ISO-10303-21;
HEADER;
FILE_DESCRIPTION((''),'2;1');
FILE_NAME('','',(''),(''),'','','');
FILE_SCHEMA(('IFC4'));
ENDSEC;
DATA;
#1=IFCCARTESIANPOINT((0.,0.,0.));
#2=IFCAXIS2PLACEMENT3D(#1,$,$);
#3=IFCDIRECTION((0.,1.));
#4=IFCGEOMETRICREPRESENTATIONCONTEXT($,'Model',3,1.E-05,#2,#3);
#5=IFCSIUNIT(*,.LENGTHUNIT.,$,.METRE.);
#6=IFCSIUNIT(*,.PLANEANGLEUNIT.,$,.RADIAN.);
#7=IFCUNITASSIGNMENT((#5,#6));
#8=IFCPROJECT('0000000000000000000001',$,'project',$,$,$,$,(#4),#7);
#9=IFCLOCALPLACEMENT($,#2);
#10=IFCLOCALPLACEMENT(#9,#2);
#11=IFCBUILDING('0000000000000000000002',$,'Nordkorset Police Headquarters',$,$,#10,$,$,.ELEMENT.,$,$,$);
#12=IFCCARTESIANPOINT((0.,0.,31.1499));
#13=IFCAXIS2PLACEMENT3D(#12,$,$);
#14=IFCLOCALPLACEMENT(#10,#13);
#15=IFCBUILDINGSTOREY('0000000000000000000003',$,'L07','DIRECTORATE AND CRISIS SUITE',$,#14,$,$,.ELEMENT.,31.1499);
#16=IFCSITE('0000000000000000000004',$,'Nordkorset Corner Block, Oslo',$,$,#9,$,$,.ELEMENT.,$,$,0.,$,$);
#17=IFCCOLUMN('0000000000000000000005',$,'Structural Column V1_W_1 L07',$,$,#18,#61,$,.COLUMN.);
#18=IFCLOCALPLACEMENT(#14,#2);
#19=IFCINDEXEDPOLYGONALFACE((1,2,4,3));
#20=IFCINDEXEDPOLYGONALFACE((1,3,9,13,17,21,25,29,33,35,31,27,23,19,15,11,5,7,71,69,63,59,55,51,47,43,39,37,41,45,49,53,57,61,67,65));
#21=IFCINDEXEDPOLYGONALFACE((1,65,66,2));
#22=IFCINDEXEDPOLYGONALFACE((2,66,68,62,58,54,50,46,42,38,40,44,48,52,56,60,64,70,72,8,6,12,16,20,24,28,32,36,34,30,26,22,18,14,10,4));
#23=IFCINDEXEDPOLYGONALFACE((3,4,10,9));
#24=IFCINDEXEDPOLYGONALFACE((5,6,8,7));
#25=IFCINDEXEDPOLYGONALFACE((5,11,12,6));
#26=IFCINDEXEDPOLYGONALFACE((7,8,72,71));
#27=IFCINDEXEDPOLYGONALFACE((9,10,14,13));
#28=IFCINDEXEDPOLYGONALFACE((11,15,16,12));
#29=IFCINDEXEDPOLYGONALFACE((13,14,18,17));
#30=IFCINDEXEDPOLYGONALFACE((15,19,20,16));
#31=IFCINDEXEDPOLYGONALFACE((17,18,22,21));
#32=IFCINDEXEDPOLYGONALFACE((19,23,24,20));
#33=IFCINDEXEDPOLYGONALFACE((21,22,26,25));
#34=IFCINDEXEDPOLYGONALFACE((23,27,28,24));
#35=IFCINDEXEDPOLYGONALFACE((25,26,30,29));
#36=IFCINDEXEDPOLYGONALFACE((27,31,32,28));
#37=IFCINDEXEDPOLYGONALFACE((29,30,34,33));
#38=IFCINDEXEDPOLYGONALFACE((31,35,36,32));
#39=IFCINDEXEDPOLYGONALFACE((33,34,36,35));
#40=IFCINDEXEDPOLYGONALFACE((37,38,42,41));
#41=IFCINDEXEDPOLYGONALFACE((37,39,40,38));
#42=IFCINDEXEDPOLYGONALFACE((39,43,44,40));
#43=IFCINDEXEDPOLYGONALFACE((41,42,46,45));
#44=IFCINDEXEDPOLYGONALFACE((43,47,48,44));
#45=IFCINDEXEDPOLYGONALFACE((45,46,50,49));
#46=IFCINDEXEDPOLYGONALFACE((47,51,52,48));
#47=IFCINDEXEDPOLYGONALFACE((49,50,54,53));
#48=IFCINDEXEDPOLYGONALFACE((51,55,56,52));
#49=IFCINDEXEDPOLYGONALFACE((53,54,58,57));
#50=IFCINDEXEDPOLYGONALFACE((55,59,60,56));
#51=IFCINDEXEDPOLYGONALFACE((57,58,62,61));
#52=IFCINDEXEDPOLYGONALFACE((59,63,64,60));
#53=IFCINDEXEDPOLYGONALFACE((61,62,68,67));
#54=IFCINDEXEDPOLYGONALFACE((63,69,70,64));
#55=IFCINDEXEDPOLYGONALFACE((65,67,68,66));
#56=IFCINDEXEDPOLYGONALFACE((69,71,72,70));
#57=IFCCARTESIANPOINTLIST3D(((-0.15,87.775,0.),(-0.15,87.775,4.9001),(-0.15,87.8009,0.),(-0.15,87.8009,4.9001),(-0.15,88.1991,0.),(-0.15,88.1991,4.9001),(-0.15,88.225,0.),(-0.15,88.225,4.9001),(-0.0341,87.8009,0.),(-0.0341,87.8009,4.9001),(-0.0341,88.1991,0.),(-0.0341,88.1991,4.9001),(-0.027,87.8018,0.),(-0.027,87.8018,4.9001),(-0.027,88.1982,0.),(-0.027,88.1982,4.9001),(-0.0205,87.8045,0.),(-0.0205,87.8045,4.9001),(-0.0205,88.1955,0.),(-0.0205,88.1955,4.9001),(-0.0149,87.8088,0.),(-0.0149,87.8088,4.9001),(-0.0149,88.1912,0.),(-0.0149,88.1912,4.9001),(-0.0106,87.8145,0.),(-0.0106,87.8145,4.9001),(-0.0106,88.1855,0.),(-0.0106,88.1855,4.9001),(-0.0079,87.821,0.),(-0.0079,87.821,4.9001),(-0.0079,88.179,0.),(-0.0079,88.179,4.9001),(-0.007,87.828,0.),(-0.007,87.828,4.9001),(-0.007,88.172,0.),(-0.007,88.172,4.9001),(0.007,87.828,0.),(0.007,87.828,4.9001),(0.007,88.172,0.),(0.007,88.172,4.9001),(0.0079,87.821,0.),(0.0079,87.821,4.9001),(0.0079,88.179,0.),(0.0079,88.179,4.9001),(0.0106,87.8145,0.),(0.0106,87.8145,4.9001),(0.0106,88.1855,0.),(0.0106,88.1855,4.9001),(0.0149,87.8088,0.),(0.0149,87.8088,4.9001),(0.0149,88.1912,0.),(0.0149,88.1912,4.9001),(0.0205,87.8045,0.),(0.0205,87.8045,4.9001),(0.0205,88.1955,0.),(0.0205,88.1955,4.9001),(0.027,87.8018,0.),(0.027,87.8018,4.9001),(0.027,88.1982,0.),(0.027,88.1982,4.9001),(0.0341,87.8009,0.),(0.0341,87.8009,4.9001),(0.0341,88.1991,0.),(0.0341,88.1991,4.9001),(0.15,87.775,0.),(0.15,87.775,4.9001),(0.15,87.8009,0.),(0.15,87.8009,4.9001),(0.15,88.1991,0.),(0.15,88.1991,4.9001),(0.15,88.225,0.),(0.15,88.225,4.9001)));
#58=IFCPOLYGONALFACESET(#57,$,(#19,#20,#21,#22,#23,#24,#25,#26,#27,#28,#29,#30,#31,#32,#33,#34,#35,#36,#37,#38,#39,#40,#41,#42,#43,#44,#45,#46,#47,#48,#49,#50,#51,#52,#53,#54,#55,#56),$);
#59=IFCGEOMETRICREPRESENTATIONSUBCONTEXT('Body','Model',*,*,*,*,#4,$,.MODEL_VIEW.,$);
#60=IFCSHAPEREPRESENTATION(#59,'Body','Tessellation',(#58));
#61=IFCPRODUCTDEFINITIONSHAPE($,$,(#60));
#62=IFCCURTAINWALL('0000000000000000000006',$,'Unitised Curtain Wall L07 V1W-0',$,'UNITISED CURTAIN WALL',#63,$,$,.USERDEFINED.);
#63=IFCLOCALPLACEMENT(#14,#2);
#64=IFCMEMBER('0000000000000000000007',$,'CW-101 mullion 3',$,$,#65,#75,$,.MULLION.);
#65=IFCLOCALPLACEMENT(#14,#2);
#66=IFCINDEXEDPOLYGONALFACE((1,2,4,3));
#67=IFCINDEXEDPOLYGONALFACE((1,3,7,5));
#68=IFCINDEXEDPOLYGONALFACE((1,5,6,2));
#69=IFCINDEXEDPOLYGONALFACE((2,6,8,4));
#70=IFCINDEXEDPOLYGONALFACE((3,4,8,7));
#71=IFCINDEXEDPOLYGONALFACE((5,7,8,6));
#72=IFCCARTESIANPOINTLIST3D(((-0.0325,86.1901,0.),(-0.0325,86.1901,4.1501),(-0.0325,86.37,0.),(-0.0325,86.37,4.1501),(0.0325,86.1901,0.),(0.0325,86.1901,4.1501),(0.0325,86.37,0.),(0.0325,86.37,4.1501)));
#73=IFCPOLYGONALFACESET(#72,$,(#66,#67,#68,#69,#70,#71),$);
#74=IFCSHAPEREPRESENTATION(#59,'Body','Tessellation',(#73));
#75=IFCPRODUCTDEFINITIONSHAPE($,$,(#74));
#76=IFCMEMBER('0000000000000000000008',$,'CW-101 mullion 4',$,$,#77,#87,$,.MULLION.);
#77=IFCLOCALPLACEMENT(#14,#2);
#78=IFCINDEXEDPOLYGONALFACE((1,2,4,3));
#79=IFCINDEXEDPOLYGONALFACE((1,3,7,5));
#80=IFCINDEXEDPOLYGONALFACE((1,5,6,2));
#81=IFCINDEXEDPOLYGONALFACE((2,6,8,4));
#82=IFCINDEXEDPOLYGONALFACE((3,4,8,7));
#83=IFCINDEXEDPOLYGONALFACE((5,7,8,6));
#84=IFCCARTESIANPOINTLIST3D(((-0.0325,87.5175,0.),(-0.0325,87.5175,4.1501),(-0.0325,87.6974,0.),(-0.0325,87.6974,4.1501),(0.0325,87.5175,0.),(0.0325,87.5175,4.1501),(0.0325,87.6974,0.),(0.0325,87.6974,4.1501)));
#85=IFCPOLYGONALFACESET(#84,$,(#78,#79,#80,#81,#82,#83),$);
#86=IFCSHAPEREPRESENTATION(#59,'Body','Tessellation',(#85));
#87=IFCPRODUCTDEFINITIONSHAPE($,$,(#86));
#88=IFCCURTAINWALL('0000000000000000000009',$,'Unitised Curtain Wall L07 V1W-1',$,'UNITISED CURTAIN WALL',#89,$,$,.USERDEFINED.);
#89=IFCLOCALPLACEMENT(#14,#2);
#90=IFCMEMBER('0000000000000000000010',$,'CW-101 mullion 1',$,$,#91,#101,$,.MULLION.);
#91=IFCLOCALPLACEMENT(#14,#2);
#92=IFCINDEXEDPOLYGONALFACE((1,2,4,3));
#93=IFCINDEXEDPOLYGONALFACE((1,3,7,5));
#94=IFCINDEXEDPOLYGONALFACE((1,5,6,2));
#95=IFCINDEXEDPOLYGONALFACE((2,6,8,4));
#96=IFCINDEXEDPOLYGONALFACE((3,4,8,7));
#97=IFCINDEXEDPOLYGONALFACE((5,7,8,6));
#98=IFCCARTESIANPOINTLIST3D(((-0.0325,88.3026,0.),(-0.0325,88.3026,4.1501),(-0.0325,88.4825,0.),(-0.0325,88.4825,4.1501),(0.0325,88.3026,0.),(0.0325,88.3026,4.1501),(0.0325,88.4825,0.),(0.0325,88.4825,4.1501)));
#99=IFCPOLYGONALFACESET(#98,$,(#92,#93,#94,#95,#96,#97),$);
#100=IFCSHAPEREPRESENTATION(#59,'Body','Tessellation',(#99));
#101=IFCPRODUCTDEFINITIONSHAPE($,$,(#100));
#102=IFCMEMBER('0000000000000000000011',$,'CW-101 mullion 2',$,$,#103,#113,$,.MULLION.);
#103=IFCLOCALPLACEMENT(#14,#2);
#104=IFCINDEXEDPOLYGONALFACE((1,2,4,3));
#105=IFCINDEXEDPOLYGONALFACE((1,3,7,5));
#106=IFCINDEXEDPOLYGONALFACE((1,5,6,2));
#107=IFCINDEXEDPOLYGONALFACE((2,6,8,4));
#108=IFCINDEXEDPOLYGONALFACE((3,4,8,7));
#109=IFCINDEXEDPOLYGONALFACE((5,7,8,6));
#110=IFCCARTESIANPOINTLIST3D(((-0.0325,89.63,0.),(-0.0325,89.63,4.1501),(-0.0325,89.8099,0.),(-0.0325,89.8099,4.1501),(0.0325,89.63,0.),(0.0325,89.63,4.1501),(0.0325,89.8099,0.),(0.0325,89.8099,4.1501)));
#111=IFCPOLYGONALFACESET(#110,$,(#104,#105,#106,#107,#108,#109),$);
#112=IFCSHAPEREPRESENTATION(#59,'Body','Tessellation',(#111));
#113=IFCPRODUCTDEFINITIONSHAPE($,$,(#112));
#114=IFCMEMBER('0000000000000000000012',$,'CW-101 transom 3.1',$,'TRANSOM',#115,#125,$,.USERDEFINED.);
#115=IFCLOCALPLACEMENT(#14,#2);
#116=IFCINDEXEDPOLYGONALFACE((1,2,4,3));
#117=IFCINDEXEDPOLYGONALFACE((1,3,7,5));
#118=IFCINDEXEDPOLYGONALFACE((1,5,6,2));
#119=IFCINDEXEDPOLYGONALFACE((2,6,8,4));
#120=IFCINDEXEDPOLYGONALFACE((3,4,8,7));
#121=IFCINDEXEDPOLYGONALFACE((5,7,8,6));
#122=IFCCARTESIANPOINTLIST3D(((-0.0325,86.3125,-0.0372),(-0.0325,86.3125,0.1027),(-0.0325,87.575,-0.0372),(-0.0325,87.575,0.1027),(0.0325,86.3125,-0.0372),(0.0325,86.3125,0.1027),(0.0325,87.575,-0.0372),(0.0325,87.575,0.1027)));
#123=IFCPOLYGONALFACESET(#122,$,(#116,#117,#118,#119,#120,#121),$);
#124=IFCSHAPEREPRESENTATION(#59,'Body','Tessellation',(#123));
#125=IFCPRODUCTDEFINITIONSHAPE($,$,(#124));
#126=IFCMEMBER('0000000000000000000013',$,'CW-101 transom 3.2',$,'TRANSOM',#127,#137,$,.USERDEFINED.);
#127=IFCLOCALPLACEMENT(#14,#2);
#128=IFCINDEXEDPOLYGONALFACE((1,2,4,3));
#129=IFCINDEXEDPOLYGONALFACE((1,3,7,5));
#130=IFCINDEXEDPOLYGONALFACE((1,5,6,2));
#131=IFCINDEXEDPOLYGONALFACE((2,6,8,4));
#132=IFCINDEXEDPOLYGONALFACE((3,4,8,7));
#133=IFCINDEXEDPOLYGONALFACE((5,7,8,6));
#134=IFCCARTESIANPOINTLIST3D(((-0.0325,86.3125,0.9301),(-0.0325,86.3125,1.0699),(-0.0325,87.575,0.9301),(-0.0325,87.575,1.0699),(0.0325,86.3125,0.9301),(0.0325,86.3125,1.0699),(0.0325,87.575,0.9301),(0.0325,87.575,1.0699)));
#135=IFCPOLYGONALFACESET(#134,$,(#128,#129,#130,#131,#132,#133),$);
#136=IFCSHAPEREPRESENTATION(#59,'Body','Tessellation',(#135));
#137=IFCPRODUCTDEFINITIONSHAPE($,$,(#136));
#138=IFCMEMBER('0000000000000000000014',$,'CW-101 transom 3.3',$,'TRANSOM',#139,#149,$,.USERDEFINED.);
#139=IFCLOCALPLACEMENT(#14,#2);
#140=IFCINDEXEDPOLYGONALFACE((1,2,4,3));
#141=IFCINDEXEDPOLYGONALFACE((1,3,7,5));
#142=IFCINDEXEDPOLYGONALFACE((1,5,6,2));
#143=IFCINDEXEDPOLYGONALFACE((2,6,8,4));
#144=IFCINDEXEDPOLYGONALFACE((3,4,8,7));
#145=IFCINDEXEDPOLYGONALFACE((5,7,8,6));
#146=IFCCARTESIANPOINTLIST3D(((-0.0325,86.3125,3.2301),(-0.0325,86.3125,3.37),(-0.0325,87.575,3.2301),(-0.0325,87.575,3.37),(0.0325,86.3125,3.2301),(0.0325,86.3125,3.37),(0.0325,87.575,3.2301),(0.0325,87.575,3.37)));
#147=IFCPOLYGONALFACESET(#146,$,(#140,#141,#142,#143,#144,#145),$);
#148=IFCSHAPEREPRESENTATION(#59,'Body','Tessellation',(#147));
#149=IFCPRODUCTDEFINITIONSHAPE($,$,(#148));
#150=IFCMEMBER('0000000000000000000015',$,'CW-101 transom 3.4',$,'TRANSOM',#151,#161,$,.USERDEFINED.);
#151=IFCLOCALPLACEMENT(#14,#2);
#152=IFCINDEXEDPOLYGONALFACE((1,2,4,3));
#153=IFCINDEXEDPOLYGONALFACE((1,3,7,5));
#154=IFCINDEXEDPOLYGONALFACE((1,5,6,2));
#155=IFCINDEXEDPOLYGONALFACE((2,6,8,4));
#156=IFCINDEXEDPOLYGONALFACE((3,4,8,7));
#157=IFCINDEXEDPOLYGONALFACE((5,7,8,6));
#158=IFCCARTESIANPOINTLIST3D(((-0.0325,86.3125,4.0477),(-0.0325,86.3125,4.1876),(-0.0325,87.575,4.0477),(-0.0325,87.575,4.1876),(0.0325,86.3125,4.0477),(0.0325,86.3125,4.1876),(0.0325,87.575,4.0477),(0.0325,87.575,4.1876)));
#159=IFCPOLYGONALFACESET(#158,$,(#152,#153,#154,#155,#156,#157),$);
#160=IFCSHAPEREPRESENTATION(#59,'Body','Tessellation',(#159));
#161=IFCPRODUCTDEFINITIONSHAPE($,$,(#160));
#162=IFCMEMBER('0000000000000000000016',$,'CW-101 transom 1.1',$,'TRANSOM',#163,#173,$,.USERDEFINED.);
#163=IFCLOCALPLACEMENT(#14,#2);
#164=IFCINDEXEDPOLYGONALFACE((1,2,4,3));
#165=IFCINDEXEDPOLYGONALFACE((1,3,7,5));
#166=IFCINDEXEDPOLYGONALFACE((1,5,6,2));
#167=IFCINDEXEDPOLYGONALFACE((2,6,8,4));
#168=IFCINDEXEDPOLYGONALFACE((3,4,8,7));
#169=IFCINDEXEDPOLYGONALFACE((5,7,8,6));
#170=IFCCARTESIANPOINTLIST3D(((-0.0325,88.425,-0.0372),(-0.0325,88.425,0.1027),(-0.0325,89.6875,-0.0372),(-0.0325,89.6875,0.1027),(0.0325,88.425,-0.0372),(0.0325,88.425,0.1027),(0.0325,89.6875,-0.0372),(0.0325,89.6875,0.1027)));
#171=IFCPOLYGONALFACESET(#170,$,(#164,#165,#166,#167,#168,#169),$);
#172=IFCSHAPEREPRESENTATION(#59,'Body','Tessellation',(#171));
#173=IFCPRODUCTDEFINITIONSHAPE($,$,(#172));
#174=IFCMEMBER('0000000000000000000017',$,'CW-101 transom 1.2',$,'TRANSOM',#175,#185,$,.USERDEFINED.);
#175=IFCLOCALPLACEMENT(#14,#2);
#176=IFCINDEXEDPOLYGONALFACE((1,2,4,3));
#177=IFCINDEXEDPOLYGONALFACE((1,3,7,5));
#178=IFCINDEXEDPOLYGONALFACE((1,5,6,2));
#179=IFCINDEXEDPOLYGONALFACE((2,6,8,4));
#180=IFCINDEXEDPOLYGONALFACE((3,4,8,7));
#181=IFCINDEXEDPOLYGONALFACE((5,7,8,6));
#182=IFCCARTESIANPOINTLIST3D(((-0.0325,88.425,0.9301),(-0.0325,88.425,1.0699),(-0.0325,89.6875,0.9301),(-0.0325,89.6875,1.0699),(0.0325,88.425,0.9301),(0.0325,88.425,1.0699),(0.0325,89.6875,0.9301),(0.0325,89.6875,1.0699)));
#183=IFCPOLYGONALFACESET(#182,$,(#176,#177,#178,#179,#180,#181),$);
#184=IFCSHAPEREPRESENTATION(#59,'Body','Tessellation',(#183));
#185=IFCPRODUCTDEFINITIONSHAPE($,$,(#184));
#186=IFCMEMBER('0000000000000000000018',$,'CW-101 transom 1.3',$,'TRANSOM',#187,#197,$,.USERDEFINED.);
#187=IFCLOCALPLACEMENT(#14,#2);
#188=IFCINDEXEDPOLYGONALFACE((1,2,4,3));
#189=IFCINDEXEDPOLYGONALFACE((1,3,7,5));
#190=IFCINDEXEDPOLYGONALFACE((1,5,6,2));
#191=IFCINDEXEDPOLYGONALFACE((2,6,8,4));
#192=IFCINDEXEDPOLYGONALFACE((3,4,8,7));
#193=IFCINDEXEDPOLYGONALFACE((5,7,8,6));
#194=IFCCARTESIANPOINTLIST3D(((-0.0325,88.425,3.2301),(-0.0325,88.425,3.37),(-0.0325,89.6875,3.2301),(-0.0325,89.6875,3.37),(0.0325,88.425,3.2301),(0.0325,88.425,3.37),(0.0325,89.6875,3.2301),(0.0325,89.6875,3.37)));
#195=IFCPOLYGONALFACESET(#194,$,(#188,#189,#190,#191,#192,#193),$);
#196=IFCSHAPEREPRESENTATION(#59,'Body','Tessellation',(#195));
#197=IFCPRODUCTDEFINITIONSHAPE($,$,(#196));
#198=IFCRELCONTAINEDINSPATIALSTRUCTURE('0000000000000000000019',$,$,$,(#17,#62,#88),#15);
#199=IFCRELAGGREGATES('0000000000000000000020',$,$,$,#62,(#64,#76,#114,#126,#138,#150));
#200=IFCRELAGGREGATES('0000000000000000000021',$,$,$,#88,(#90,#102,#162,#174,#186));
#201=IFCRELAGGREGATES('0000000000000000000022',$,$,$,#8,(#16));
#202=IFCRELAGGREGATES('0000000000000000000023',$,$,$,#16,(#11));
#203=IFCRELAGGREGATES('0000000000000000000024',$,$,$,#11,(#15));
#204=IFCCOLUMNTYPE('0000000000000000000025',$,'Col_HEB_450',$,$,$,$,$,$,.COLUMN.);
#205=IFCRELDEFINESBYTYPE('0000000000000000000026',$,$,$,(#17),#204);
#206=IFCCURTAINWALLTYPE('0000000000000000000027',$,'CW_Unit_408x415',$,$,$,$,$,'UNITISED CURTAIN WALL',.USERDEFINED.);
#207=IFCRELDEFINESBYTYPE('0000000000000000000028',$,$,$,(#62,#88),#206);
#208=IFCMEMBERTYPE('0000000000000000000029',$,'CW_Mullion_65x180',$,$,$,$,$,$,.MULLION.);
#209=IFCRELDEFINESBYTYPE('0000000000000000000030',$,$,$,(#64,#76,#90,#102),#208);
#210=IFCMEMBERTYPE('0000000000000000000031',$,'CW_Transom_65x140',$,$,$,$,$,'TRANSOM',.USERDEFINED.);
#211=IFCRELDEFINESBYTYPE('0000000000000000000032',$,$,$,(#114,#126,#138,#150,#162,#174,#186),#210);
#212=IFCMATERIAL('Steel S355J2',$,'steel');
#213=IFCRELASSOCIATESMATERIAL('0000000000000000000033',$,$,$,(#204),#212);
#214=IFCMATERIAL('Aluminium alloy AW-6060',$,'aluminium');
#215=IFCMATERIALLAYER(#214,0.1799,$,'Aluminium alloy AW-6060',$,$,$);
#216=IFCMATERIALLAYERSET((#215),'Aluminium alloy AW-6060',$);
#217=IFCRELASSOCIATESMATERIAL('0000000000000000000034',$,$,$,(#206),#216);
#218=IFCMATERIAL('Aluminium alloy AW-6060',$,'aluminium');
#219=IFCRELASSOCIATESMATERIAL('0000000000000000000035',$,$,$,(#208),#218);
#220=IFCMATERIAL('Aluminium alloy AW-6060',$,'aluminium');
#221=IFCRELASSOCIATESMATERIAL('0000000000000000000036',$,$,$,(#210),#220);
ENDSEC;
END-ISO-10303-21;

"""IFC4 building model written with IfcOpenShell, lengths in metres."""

from ifc_helpers import new_model, si_unit, direction, frame, origin, origin_2d, place, context, subcontext, project, spatial, rectangle, i_section, extrude, material, layer, layer_set, material_profile, profile_set, type_object, element, aggregate, save


model = new_model("IFC4")

# Units and contexts
model_context = context("Model", 3, precision=1e-05, world=origin(), true_north=direction((0.0, 1.0)))
body_context = subcontext(model_context, "Body", "Model", "MODEL_VIEW")
ifc_project = project(units=[si_unit("LENGTHUNIT", "METRE"), si_unit("PLANEANGLEUNIT", "RADIAN")], contexts=[model_context])

# Site, building, storey
site_placement = place(None, origin())
site = spatial("IfcSite", under=ifc_project, at=site_placement, Name="Nordkorset Corner Block, Oslo", CompositionType="ELEMENT", RefElevation=0.0)
building_placement = place(site_placement, origin())
building = spatial("IfcBuilding", under=site, at=building_placement, Name="Nordkorset Police Headquarters", CompositionType="ELEMENT")
storey_placement = place(building_placement, frame((0.0, 0.0, 31.1499)))
storey = spatial("IfcBuildingStorey", under=building, at=storey_placement, Name="L07", Description="DIRECTORATE AND CRISIS SUITE", CompositionType="ELEMENT", Elevation=31.1499)

# Column
ifc_material_1 = material(Name="Steel S355J2", Category="steel")
ifc_material_profile_1 = material_profile(ifc_material_1, i_section(OverallWidth=0.3, OverallDepth=0.45, WebThickness=0.0139, FlangeThickness=0.0259, FilletRadius=0.0271, at=origin_2d()), Name="HEB 450")
ifc_profile_set_1 = profile_set([ifc_material_profile_1], Name="Steel S355J2")
column_type = type_object("IfcColumnType", Name="Col_HEB_450", PredefinedType="COLUMN", material=ifc_profile_set_1)
column_placement = place(storey_placement, frame((0.0, 88.0, 0.0), z_axis=(0.0, 0.0, 1.0), x_axis=(1.0, 0.0, 0.0)))
element("IfcColumn", 1, at=column_placement, inside=storey, type_object=column_type, Name="Structural Column V1_W_1 L07", PredefinedType="COLUMN", context=body_context, shape_type="SweptSolid", body=[
    extrude(i_section(OverallWidth=0.3, OverallDepth=0.45, WebThickness=0.0139, FlangeThickness=0.0259, FilletRadius=0.0271, at=origin_2d()), origin(), (0.0, 0.0, 1.0), 4.9001),
])

# Curtain walls, members
ifc_material_2 = material(Name="Aluminium alloy AW-6060", Category="aluminium")
ifc_layer_1 = layer(ifc_material_2, 0.1799, Name="Aluminium alloy AW-6060")
ifc_layer_set_1 = layer_set([ifc_layer_1], Name="Aluminium alloy AW-6060")
curtain_wall_type = type_object("IfcCurtainWallType", Name="CW_Unit_408x415", ElementType="UNITISED CURTAIN WALL", PredefinedType="USERDEFINED", material=ifc_layer_set_1)
curtain_wall_1_placement = place(storey_placement, origin())
curtain_wall_1 = element("IfcCurtainWall", 2, at=curtain_wall_1_placement, inside=storey, type_object=curtain_wall_type, Name="Unitised Curtain Wall L07 V1W-0", ObjectType="UNITISED CURTAIN WALL", PredefinedType="USERDEFINED")
ifc_material_3 = material(Name="Aluminium alloy AW-6060", Category="aluminium")
ifc_material_profile_2 = material_profile(ifc_material_3, rectangle(XDim=0.0649, YDim=0.1799, at=origin_2d()), Name="ALU MULL 65x180")
ifc_profile_set_2 = profile_set([ifc_material_profile_2], Name="Aluminium alloy AW-6060")
member_type_1 = type_object("IfcMemberType", Name="CW_Mullion_65x180", PredefinedType="MULLION", material=ifc_profile_set_2)
member_1_placement = place(storey_placement, frame((0.0, 86.28, 0.0), z_axis=(0.0, 0.0, 1.0), x_axis=(-1.0, 0.0, 0.0)))
member_1 = element("IfcMember", 3, at=member_1_placement, type_object=member_type_1, Name="CW-101 mullion 3", PredefinedType="MULLION", context=body_context, shape_type="SweptSolid", body=[
    extrude(rectangle(XDim=0.0649, YDim=0.1799, at=origin_2d()), origin(), (0.0, 0.0, 1.0), 4.1501),
])
member_2_placement = place(storey_placement, frame((0.0, 87.6074, 0.0), z_axis=(0.0, 0.0, 1.0), x_axis=(-1.0, 0.0, 0.0)))
member_2 = element("IfcMember", 4, at=member_2_placement, type_object=member_type_1, Name="CW-101 mullion 4", PredefinedType="MULLION", context=body_context, shape_type="SweptSolid", body=[
    extrude(rectangle(XDim=0.0649, YDim=0.1799, at=origin_2d()), origin(), (0.0, 0.0, 1.0), 4.1501),
])
curtain_wall_2_placement = place(storey_placement, origin())
curtain_wall_2 = element("IfcCurtainWall", 5, at=curtain_wall_2_placement, inside=storey, type_object=curtain_wall_type, Name="Unitised Curtain Wall L07 V1W-1", ObjectType="UNITISED CURTAIN WALL", PredefinedType="USERDEFINED")
member_3_placement = place(storey_placement, frame((0.0, 88.3926, 0.0), z_axis=(0.0, 0.0, 1.0), x_axis=(-1.0, 0.0, 0.0)))
member_3 = element("IfcMember", 6, at=member_3_placement, type_object=member_type_1, Name="CW-101 mullion 1", PredefinedType="MULLION", context=body_context, shape_type="SweptSolid", body=[
    extrude(rectangle(XDim=0.0649, YDim=0.1799, at=origin_2d()), origin(), (0.0, 0.0, 1.0), 4.1501),
])
member_4_placement = place(storey_placement, frame((0.0, 89.72, 0.0), z_axis=(0.0, 0.0, 1.0), x_axis=(-1.0, 0.0, 0.0)))
member_4 = element("IfcMember", 7, at=member_4_placement, type_object=member_type_1, Name="CW-101 mullion 2", PredefinedType="MULLION", context=body_context, shape_type="SweptSolid", body=[
    extrude(rectangle(XDim=0.0649, YDim=0.1799, at=origin_2d()), origin(), (0.0, 0.0, 1.0), 4.1501),
])

# Members
ifc_material_4 = material(Name="Aluminium alloy AW-6060", Category="aluminium")
ifc_material_profile_3 = material_profile(ifc_material_4, rectangle(XDim=0.0649, YDim=0.1399, at=origin_2d()), Name="ALU TRAN 65x140")
ifc_profile_set_3 = profile_set([ifc_material_profile_3], Name="Aluminium alloy AW-6060")
member_type_2 = type_object("IfcMemberType", Name="CW_Transom_65x140", ElementType="TRANSOM", PredefinedType="USERDEFINED", material=ifc_profile_set_3)
member_5_placement = place(storey_placement, frame((0.0, 86.3125, 0.0327), z_axis=(0.0, 1.0, 0.0), x_axis=(-1.0, 0.0, 0.0)))
member_5 = element("IfcMember", 8, at=member_5_placement, type_object=member_type_2, Name="CW-101 transom 3.1", ObjectType="TRANSOM", PredefinedType="USERDEFINED", context=body_context, shape_type="SweptSolid", body=[
    extrude(rectangle(XDim=0.0649, YDim=0.1399, at=origin_2d()), origin(), (0.0, 0.0, 1.0), 1.2625),
])
member_6_placement = place(storey_placement, frame((0.0, 86.3125, 1.0), z_axis=(0.0, 1.0, 0.0), x_axis=(-1.0, 0.0, 0.0)))
member_6 = element("IfcMember", 9, at=member_6_placement, type_object=member_type_2, Name="CW-101 transom 3.2", ObjectType="TRANSOM", PredefinedType="USERDEFINED", context=body_context, shape_type="SweptSolid", body=[
    extrude(rectangle(XDim=0.0649, YDim=0.1399, at=origin_2d()), origin(), (0.0, 0.0, 1.0), 1.2625),
])
member_7_placement = place(storey_placement, frame((0.0, 86.3125, 3.3), z_axis=(0.0, 1.0, 0.0), x_axis=(-1.0, 0.0, 0.0)))
member_7 = element("IfcMember", 10, at=member_7_placement, type_object=member_type_2, Name="CW-101 transom 3.3", ObjectType="TRANSOM", PredefinedType="USERDEFINED", context=body_context, shape_type="SweptSolid", body=[
    extrude(rectangle(XDim=0.0649, YDim=0.1399, at=origin_2d()), origin(), (0.0, 0.0, 1.0), 1.2625),
])
member_8_placement = place(storey_placement, frame((0.0, 86.3125, 4.1177), z_axis=(0.0, 1.0, 0.0), x_axis=(-1.0, 0.0, 0.0)))
member_8 = element("IfcMember", 11, at=member_8_placement, type_object=member_type_2, Name="CW-101 transom 3.4", ObjectType="TRANSOM", PredefinedType="USERDEFINED", context=body_context, shape_type="SweptSolid", body=[
    extrude(rectangle(XDim=0.0649, YDim=0.1399, at=origin_2d()), origin(), (0.0, 0.0, 1.0), 1.2625),
])
member_9_placement = place(storey_placement, frame((0.0, 88.425, 0.0327), z_axis=(0.0, 1.0, 0.0), x_axis=(-1.0, 0.0, 0.0)))
member_9 = element("IfcMember", 12, at=member_9_placement, type_object=member_type_2, Name="CW-101 transom 1.1", ObjectType="TRANSOM", PredefinedType="USERDEFINED", context=body_context, shape_type="SweptSolid", body=[
    extrude(rectangle(XDim=0.0649, YDim=0.1399, at=origin_2d()), origin(), (0.0, 0.0, 1.0), 1.2625),
])
member_10_placement = place(storey_placement, frame((0.0, 88.425, 1.0), z_axis=(0.0, 1.0, 0.0), x_axis=(-1.0, 0.0, 0.0)))
member_10 = element("IfcMember", 13, at=member_10_placement, type_object=member_type_2, Name="CW-101 transom 1.2", ObjectType="TRANSOM", PredefinedType="USERDEFINED", context=body_context, shape_type="SweptSolid", body=[
    extrude(rectangle(XDim=0.0649, YDim=0.1399, at=origin_2d()), origin(), (0.0, 0.0, 1.0), 1.2625),
])
member_11_placement = place(storey_placement, frame((0.0, 88.425, 3.3), z_axis=(0.0, 1.0, 0.0), x_axis=(-1.0, 0.0, 0.0)))
member_11 = element("IfcMember", 14, at=member_11_placement, type_object=member_type_2, Name="CW-101 transom 1.3", ObjectType="TRANSOM", PredefinedType="USERDEFINED", context=body_context, shape_type="SweptSolid", body=[
    extrude(rectangle(XDim=0.0649, YDim=0.1399, at=origin_2d()), origin(), (0.0, 0.0, 1.0), 1.2625),
])

aggregate(curtain_wall_1, [member_1, member_2, member_5, member_6, member_7, member_8])
aggregate(curtain_wall_2, [member_3, member_4, member_9, member_10, member_11])

save(model, "model.ifc")
